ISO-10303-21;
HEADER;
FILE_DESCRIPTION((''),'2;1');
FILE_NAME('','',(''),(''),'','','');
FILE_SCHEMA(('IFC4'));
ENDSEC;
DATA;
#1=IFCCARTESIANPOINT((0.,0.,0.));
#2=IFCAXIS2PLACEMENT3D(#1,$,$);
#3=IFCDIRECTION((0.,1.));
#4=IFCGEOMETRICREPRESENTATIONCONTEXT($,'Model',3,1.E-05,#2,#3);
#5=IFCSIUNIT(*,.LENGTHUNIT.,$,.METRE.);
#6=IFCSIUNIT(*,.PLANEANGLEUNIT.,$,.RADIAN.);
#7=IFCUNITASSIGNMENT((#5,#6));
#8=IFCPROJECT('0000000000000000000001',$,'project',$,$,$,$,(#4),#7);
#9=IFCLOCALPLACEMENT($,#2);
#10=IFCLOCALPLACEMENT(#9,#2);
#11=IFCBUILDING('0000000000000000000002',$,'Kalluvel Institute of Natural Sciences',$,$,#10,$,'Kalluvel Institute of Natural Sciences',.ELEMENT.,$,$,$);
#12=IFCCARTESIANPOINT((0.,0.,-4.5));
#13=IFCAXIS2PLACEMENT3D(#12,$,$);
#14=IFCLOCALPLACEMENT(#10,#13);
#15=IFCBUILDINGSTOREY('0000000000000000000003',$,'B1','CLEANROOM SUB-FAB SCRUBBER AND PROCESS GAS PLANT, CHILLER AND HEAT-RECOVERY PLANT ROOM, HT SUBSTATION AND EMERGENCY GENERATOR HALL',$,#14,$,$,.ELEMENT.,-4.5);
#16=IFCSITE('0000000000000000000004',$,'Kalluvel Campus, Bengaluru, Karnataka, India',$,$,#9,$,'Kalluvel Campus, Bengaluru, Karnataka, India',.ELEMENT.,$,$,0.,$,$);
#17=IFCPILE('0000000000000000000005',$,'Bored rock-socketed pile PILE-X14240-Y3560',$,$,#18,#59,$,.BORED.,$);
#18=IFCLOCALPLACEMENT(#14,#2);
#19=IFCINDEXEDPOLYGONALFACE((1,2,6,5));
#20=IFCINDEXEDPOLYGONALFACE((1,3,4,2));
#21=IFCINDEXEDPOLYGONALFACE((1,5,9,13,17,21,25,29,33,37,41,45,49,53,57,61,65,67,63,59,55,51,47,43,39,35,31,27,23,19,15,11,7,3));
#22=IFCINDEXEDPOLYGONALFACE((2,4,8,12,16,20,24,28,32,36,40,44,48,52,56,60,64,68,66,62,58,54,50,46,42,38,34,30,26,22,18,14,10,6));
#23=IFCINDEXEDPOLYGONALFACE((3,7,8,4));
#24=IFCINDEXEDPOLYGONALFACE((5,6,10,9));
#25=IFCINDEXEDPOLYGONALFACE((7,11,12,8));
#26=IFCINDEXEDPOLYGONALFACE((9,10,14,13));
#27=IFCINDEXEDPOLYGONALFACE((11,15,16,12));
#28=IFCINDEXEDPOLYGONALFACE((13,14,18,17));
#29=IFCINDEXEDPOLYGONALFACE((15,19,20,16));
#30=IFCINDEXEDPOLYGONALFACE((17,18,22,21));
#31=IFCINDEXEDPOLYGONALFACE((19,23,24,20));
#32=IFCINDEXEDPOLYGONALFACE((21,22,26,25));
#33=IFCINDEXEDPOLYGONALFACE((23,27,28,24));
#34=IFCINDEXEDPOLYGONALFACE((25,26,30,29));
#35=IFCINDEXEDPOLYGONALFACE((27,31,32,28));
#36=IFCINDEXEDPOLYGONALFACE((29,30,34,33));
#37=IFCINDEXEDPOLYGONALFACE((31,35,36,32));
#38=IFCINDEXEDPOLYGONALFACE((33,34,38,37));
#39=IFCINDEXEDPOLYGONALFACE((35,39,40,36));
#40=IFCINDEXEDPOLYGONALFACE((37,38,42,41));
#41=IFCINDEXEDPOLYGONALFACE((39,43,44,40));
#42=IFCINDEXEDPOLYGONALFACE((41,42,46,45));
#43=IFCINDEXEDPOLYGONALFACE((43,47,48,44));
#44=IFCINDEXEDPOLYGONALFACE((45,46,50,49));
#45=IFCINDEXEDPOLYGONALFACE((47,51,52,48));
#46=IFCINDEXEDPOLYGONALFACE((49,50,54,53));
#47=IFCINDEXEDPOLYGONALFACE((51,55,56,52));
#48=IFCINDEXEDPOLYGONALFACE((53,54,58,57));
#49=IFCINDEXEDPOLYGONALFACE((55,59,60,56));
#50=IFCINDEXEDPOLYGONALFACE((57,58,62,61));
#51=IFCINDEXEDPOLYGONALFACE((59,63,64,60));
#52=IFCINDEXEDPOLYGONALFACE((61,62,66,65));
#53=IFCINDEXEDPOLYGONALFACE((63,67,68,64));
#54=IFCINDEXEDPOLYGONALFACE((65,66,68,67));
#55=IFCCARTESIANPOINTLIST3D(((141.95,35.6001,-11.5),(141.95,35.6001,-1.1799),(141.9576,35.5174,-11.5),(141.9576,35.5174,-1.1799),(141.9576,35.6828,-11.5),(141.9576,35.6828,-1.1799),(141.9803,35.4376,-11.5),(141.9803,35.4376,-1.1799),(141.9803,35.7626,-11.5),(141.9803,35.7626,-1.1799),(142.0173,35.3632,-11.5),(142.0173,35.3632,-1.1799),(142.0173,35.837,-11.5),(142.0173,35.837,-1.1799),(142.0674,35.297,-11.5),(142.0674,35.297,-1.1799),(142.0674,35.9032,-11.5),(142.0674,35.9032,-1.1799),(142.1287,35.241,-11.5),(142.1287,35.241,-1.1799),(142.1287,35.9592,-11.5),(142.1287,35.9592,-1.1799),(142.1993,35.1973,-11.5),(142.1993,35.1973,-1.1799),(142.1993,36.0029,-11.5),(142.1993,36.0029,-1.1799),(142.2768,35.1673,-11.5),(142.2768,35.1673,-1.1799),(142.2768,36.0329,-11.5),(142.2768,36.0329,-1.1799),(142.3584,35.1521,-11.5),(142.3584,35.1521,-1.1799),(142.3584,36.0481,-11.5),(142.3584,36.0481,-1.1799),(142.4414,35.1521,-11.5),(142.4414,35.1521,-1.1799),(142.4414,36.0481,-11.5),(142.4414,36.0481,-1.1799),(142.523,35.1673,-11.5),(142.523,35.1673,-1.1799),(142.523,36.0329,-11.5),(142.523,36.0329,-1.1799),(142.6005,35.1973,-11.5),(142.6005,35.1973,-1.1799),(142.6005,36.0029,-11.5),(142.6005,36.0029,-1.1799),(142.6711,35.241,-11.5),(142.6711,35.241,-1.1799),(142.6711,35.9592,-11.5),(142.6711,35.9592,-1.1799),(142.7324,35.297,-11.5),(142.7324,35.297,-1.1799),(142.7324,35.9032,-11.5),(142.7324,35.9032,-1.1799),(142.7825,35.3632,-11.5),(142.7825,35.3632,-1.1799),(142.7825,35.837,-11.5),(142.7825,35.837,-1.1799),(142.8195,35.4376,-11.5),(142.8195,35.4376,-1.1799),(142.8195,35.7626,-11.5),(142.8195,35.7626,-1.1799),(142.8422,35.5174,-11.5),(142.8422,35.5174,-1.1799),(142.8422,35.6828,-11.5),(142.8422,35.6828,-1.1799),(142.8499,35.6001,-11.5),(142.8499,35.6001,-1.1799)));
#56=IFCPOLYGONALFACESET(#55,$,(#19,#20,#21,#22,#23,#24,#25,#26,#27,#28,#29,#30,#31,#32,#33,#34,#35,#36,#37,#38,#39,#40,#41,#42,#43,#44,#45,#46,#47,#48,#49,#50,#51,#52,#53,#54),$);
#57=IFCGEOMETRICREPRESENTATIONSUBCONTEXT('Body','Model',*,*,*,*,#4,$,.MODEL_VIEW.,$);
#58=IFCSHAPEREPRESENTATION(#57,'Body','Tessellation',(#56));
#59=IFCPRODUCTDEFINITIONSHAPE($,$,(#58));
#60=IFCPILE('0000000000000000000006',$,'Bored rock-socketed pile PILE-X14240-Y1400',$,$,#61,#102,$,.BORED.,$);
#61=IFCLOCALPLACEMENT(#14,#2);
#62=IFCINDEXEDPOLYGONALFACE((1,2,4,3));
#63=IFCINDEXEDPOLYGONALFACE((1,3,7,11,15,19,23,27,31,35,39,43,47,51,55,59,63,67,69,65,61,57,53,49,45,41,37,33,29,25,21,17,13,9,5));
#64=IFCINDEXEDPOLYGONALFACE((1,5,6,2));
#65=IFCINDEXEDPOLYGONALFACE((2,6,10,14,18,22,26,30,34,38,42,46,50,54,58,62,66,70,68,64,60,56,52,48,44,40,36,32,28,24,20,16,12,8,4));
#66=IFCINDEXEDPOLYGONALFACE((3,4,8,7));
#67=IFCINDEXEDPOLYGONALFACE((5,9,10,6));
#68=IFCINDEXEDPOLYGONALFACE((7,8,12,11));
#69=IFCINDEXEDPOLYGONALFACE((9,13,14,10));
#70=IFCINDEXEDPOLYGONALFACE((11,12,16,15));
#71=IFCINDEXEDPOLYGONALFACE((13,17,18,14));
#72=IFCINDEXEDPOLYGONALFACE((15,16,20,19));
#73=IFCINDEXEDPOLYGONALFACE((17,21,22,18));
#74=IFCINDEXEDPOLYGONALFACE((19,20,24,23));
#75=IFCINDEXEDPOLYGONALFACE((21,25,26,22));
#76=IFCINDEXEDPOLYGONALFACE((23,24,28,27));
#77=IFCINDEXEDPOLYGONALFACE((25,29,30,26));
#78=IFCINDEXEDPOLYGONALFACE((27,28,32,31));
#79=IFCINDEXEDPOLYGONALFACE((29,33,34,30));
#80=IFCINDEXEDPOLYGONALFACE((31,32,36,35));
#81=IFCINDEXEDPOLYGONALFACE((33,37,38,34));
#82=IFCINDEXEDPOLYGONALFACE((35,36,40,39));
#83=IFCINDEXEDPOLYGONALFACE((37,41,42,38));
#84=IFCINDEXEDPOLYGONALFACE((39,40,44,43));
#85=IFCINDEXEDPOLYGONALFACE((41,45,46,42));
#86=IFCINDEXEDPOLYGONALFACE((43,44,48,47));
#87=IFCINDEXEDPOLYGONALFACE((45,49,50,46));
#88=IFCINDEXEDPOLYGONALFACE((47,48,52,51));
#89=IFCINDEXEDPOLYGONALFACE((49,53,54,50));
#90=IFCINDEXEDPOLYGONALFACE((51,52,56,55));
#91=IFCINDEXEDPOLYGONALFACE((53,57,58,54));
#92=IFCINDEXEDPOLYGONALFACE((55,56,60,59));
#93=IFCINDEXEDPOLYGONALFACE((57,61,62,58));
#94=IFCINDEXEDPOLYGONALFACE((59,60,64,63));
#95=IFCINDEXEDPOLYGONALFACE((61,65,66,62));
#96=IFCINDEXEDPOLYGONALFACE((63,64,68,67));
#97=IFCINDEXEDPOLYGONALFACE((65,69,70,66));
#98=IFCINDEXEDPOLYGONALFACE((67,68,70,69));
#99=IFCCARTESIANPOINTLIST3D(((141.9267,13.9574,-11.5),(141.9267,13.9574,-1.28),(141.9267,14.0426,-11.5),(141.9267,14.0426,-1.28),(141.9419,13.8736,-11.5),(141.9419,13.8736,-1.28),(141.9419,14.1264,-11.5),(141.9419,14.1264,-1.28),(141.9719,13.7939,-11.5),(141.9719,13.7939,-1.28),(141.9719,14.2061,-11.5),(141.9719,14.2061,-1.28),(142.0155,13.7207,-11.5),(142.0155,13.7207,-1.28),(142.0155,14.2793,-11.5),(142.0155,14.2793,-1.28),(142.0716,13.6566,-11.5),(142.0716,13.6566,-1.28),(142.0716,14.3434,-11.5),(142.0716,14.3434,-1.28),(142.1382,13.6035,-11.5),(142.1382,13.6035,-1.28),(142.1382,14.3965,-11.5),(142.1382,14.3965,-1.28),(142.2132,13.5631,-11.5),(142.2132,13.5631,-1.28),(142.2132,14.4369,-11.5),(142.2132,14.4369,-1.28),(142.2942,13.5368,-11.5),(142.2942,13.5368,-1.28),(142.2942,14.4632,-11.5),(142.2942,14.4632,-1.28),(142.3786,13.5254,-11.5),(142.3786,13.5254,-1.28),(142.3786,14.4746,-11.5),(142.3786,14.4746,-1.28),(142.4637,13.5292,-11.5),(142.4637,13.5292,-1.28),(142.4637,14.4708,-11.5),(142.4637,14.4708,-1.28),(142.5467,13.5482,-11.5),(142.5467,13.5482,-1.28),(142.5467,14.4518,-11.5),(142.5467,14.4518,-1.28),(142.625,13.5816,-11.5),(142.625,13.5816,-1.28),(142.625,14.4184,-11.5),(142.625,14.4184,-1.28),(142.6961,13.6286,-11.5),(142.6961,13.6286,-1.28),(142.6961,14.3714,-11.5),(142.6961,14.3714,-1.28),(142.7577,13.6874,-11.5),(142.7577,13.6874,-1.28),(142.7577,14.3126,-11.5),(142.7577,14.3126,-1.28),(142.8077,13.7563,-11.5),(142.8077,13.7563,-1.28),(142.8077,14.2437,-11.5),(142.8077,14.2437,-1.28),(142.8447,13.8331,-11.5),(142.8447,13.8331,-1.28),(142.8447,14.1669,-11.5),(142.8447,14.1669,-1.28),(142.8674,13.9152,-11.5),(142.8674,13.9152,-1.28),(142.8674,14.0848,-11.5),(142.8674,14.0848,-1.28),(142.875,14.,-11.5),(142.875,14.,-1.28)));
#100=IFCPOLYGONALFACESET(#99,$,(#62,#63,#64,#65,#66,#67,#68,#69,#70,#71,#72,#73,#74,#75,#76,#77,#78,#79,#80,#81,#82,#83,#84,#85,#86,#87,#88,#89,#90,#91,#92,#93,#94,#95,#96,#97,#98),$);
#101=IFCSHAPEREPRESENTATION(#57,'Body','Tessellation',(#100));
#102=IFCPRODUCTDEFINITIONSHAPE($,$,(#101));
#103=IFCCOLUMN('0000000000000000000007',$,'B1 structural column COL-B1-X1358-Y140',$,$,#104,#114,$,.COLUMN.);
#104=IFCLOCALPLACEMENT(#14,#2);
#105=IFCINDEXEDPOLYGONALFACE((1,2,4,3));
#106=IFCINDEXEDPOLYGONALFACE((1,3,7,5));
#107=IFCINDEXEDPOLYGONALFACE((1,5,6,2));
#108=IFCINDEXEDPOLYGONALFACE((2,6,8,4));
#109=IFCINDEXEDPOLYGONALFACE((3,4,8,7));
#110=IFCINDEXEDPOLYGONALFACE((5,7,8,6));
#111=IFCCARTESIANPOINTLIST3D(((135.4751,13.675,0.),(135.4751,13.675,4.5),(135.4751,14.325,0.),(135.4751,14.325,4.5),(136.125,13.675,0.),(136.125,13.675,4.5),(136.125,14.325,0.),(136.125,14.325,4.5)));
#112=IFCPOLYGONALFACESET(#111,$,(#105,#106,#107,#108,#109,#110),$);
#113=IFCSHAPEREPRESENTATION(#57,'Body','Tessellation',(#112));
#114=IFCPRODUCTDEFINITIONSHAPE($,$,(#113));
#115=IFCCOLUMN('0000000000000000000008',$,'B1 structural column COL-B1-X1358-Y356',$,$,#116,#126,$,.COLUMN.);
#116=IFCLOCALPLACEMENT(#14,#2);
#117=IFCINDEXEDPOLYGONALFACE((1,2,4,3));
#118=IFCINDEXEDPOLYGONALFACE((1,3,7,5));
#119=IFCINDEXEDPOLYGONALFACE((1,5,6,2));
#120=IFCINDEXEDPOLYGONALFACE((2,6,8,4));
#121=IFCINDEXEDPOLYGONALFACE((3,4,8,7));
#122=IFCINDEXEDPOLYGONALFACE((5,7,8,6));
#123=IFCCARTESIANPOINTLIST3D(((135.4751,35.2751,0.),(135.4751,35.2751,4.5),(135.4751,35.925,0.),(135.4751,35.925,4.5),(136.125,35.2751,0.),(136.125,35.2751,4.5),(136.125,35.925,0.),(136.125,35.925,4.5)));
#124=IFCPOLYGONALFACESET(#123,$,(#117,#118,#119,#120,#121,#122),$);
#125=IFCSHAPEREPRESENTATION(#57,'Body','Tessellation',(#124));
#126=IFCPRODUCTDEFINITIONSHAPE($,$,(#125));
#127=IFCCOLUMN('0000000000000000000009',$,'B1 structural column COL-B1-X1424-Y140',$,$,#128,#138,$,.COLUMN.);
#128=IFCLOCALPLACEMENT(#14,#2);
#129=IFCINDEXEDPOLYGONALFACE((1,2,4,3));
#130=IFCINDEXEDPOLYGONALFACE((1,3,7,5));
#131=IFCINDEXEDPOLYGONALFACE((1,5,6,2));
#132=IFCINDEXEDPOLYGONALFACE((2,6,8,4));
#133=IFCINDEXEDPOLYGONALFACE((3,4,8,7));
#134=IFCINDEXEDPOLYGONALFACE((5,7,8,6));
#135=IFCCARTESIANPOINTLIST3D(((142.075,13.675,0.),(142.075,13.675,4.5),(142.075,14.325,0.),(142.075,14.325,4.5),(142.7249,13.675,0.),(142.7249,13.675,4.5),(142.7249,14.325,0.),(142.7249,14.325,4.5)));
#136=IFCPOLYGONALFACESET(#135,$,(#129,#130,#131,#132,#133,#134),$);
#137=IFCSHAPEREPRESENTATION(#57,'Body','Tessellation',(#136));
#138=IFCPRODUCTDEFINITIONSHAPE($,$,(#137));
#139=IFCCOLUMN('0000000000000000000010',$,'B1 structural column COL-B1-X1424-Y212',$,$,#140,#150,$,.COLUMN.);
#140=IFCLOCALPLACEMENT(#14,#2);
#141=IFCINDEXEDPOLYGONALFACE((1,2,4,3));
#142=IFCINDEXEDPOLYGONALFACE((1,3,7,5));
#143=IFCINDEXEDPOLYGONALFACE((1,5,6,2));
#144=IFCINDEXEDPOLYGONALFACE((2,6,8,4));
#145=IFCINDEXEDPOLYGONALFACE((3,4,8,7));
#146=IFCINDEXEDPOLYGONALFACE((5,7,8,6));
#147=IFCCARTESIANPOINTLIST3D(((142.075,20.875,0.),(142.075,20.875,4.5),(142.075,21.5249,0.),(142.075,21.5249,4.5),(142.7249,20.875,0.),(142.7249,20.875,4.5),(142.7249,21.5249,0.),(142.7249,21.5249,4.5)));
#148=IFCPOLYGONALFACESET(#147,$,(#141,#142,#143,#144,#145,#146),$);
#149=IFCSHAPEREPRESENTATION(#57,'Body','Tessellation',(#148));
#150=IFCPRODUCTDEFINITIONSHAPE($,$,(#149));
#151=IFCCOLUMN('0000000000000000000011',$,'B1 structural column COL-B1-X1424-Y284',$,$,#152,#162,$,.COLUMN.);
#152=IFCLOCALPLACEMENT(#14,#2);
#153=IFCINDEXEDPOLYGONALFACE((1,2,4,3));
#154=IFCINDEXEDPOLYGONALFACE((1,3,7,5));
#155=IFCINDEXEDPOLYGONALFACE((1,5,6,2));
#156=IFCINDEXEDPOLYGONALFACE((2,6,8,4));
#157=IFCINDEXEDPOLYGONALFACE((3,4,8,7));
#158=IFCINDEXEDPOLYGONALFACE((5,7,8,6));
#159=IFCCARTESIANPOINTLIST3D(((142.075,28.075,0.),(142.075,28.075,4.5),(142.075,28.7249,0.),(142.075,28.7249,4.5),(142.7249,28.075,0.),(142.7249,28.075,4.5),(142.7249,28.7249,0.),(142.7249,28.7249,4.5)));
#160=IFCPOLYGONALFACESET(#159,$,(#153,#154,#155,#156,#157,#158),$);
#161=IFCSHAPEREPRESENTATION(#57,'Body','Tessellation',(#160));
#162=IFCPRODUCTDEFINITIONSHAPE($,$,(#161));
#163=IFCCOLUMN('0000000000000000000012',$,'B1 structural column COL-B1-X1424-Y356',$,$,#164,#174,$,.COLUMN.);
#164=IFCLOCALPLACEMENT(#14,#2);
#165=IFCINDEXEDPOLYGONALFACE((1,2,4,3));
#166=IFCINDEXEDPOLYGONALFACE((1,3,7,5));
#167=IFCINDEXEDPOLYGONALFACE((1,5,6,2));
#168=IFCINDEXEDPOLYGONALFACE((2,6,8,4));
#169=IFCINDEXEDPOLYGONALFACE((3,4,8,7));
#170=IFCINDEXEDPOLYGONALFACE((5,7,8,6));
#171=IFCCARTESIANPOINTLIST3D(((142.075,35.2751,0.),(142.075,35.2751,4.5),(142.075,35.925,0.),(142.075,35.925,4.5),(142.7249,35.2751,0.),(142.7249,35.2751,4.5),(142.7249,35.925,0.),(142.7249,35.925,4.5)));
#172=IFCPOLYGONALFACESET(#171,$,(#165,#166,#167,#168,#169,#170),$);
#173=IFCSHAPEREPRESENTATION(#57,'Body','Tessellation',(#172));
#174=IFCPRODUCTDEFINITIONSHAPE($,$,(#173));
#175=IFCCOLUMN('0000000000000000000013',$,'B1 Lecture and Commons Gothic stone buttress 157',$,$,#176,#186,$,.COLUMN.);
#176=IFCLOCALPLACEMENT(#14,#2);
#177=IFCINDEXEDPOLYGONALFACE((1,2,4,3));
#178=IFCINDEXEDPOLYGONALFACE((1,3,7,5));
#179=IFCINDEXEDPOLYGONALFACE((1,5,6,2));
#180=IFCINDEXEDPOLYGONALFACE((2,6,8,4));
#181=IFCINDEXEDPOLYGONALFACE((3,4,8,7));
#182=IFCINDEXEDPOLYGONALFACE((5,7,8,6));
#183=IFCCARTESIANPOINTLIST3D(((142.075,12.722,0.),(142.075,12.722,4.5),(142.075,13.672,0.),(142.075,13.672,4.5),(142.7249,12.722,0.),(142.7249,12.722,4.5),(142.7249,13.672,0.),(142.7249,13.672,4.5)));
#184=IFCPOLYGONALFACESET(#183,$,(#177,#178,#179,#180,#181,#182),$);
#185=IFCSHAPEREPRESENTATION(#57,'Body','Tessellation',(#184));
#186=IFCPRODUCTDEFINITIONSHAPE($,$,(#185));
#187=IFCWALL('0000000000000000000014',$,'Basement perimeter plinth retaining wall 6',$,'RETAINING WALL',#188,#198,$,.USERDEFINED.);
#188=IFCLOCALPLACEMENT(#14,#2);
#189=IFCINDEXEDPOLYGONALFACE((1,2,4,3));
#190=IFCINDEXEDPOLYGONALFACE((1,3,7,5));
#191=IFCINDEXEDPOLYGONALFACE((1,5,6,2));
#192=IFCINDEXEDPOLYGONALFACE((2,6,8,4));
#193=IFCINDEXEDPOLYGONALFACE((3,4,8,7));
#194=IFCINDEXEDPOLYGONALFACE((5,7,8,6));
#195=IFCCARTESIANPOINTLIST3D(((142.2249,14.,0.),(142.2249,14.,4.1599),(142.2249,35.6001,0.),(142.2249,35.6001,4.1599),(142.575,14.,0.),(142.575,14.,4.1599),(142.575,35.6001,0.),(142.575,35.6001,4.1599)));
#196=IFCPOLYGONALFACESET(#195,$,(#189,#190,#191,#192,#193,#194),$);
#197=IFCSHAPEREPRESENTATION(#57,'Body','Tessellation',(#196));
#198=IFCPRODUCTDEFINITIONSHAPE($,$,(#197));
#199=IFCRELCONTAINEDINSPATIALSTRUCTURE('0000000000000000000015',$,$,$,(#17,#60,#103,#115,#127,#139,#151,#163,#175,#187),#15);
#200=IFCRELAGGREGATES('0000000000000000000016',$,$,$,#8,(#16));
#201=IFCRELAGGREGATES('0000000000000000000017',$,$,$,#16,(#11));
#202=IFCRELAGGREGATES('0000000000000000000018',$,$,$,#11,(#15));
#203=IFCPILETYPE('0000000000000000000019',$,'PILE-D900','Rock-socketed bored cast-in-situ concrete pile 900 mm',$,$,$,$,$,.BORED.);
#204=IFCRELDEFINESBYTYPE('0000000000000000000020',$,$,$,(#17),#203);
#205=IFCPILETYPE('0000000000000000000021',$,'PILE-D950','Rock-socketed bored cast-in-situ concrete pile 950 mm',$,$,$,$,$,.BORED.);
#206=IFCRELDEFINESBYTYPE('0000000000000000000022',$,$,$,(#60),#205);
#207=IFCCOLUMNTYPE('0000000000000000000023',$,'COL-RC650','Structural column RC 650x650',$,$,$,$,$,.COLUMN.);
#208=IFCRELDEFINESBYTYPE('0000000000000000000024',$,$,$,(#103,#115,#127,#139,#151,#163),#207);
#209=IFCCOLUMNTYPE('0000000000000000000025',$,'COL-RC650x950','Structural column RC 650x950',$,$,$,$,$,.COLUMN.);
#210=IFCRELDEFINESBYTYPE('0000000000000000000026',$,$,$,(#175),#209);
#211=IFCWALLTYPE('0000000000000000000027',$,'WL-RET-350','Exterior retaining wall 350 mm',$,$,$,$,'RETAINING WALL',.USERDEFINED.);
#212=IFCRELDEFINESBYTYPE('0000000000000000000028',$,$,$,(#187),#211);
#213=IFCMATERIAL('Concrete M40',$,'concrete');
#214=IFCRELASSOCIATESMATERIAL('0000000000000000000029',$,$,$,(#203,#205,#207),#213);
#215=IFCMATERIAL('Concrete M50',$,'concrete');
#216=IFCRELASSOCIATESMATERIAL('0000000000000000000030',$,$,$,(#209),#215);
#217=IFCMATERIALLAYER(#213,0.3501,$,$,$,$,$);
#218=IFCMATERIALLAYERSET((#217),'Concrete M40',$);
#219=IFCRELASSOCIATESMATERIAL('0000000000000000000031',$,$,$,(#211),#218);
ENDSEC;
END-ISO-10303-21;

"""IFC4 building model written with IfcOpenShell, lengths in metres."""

from ifc_helpers import new_model, si_unit, direction, frame, frame_2d, origin, origin_2d, place, context, subcontext, project, spatial, rectangle, circle, extrude, material, layer, layer_set, material_profile, profile_set, type_object, element, save


model = new_model("IFC4")

# Units and contexts
model_context = context("Model", 3, precision=1e-05, world=origin(), true_north=direction((0.0, 1.0)))
body_context = subcontext(model_context, "Body", "Model", "MODEL_VIEW")
ifc_project = project(units=[si_unit("LENGTHUNIT", "METRE"), si_unit("PLANEANGLEUNIT", "RADIAN")], contexts=[model_context])

# Site, building, storey
site_placement = place(None, origin())
site = spatial("IfcSite", under=ifc_project, at=site_placement, Name="Kalluvel Campus, Bengaluru, Karnataka, India", LongName="Kalluvel Campus, Bengaluru, Karnataka, India", CompositionType="ELEMENT", RefElevation=0.0)
building_placement = place(site_placement, origin())
building = spatial("IfcBuilding", under=site, at=building_placement, Name="Kalluvel Institute of Natural Sciences", LongName="Kalluvel Institute of Natural Sciences", CompositionType="ELEMENT")
storey_placement = place(building_placement, frame((0.0, 0.0, -4.5)))
storey = spatial("IfcBuildingStorey", under=building, at=storey_placement, Name="B1", Description="CLEANROOM SUB-FAB SCRUBBER AND PROCESS GAS PLANT, CHILLER AND HEAT-RECOVERY PLANT ROOM, HT SUBSTATION AND EMERGENCY GENERATOR HALL", CompositionType="ELEMENT", Elevation=-4.5)

# Shared definitions
ifc_material_1 = material(Name="Concrete M40", Category="concrete")

# Piles
ifc_material_profile_1 = material_profile(ifc_material_1, circle(Radius=0.45, at=origin_2d()), Name="PILE D900")
ifc_profile_set_1 = profile_set([ifc_material_profile_1], Name="Concrete M40")
pile_type_1 = type_object("IfcPileType", Name="PILE-D900", Description="Rock-socketed bored cast-in-situ concrete pile 900 mm", PredefinedType="BORED", material=ifc_profile_set_1)
pile_1_placement = place(storey_placement, frame((142.3999, 35.6001, -1.1799), z_axis=(0.0, 0.0, -1.0), x_axis=(1.0, 0.0, 0.0)))
element("IfcPile", 1, at=pile_1_placement, inside=storey, type_object=pile_type_1, Name="Bored rock-socketed pile PILE-X14240-Y3560", PredefinedType="BORED", context=body_context, shape_type="SweptSolid", body=[
    extrude(circle(Radius=0.45, at=origin_2d()), origin(), (0.0, 0.0, 1.0), 10.3201),
])
ifc_material_profile_2 = material_profile(ifc_material_1, circle(Radius=0.4751, at=origin_2d()), Name="PILE D950")
ifc_profile_set_2 = profile_set([ifc_material_profile_2], Name="Concrete M40")
pile_type_2 = type_object("IfcPileType", Name="PILE-D950", Description="Rock-socketed bored cast-in-situ concrete pile 950 mm", PredefinedType="BORED", material=ifc_profile_set_2)
pile_2_placement = place(storey_placement, frame((142.3999, 14.0, -1.28), z_axis=(0.0, 0.0, -1.0), x_axis=(1.0, 0.0, 0.0)))
element("IfcPile", 2, at=pile_2_placement, inside=storey, type_object=pile_type_2, Name="Bored rock-socketed pile PILE-X14240-Y1400", PredefinedType="BORED", context=body_context, shape_type="SweptSolid", body=[
    extrude(circle(Radius=0.4751, at=origin_2d()), origin(), (0.0, 0.0, 1.0), 10.22),
])

# Columns
ifc_material_profile_3 = material_profile(ifc_material_1, rectangle(XDim=0.6499, YDim=0.6499, at=origin_2d()), Name="RC 650x650")
ifc_profile_set_3 = profile_set([ifc_material_profile_3], Name="Concrete M40")
column_type_1 = type_object("IfcColumnType", Name="COL-RC650", Description="Structural column RC 650x650", PredefinedType="COLUMN", material=ifc_profile_set_3)
for number, where, z_axis, x_axis, name in (
    (3, (135.8, 14.0, 0.0), (0.0, 0.0, 1.0), (1.0, 0.0, 0.0), "B1 structural column COL-B1-X1358-Y140"),
    (4, (135.8, 35.6001, 0.0), (0.0, 0.0, 1.0), (1.0, 0.0, 0.0), "B1 structural column COL-B1-X1358-Y356"),
    (5, (142.3999, 14.0, 0.0), (0.0, 0.0, 1.0), (1.0, 0.0, 0.0), "B1 structural column COL-B1-X1424-Y140"),
    (6, (142.3999, 21.2, 0.0), (0.0, 0.0, 1.0), (1.0, 0.0, 0.0), "B1 structural column COL-B1-X1424-Y212"),
    (7, (142.3999, 28.3999, 0.0), (0.0, 0.0, 1.0), (1.0, 0.0, 0.0), "B1 structural column COL-B1-X1424-Y284"),
    (8, (142.3999, 35.6001, 0.0), (0.0, 0.0, 1.0), (1.0, 0.0, 0.0), "B1 structural column COL-B1-X1424-Y356"),
):
    element("IfcColumn", number, at=place(storey_placement, frame(where, z_axis=z_axis, x_axis=x_axis)), inside=storey, type_object=column_type_1, Name=name, PredefinedType="COLUMN", context=body_context, shape_type="SweptSolid", body=[
        extrude(rectangle(XDim=0.6499, YDim=0.6499, at=origin_2d()), origin(), (0.0, 0.0, 1.0), 4.5),
    ])
ifc_material_2 = material(Name="Concrete M50", Category="concrete")
ifc_material_profile_4 = material_profile(ifc_material_2, rectangle(XDim=0.6499, YDim=0.95, at=origin_2d()), Name="RC 650x950")
ifc_profile_set_4 = profile_set([ifc_material_profile_4], Name="Concrete M50")
column_type_2 = type_object("IfcColumnType", Name="COL-RC650x950", Description="Structural column RC 650x950", PredefinedType="COLUMN", material=ifc_profile_set_4)
column_placement = place(storey_placement, frame((142.3999, 13.197, 0.0), z_axis=(0.0, 0.0, 1.0), x_axis=(1.0, 0.0, 0.0)))
element("IfcColumn", 9, at=column_placement, inside=storey, type_object=column_type_2, Name="B1 Lecture and Commons Gothic stone buttress 157", PredefinedType="COLUMN", context=body_context, shape_type="SweptSolid", body=[
    extrude(rectangle(XDim=0.6499, YDim=0.95, at=origin_2d()), origin(), (0.0, 0.0, 1.0), 4.5),
])

# Wall
ifc_layer = layer(ifc_material_1, 0.3501)
ifc_layer_set = layer_set([ifc_layer], Name="Concrete M40")
wall_type = type_object("IfcWallType", Name="WL-RET-350", Description="Exterior retaining wall 350 mm", ElementType="RETAINING WALL", PredefinedType="USERDEFINED", material=ifc_layer_set)
wall_placement = place(storey_placement, frame((142.3999, 14.0, 0.0), z_axis=(0.0, 0.0, 1.0), x_axis=(0.0, 1.0, 0.0)))
element("IfcWall", 10, at=wall_placement, inside=storey, type_object=wall_type, Name="Basement perimeter plinth retaining wall 6", ObjectType="RETAINING WALL", PredefinedType="USERDEFINED", context=body_context, shape_type="SweptSolid", body=[
    extrude(rectangle(XDim=21.6001, YDim=0.3501, at=frame_2d((10.8, 0.0))), origin(), (0.0, 0.0, 1.0), 4.1599),
])

save(model, "model.ifc")
